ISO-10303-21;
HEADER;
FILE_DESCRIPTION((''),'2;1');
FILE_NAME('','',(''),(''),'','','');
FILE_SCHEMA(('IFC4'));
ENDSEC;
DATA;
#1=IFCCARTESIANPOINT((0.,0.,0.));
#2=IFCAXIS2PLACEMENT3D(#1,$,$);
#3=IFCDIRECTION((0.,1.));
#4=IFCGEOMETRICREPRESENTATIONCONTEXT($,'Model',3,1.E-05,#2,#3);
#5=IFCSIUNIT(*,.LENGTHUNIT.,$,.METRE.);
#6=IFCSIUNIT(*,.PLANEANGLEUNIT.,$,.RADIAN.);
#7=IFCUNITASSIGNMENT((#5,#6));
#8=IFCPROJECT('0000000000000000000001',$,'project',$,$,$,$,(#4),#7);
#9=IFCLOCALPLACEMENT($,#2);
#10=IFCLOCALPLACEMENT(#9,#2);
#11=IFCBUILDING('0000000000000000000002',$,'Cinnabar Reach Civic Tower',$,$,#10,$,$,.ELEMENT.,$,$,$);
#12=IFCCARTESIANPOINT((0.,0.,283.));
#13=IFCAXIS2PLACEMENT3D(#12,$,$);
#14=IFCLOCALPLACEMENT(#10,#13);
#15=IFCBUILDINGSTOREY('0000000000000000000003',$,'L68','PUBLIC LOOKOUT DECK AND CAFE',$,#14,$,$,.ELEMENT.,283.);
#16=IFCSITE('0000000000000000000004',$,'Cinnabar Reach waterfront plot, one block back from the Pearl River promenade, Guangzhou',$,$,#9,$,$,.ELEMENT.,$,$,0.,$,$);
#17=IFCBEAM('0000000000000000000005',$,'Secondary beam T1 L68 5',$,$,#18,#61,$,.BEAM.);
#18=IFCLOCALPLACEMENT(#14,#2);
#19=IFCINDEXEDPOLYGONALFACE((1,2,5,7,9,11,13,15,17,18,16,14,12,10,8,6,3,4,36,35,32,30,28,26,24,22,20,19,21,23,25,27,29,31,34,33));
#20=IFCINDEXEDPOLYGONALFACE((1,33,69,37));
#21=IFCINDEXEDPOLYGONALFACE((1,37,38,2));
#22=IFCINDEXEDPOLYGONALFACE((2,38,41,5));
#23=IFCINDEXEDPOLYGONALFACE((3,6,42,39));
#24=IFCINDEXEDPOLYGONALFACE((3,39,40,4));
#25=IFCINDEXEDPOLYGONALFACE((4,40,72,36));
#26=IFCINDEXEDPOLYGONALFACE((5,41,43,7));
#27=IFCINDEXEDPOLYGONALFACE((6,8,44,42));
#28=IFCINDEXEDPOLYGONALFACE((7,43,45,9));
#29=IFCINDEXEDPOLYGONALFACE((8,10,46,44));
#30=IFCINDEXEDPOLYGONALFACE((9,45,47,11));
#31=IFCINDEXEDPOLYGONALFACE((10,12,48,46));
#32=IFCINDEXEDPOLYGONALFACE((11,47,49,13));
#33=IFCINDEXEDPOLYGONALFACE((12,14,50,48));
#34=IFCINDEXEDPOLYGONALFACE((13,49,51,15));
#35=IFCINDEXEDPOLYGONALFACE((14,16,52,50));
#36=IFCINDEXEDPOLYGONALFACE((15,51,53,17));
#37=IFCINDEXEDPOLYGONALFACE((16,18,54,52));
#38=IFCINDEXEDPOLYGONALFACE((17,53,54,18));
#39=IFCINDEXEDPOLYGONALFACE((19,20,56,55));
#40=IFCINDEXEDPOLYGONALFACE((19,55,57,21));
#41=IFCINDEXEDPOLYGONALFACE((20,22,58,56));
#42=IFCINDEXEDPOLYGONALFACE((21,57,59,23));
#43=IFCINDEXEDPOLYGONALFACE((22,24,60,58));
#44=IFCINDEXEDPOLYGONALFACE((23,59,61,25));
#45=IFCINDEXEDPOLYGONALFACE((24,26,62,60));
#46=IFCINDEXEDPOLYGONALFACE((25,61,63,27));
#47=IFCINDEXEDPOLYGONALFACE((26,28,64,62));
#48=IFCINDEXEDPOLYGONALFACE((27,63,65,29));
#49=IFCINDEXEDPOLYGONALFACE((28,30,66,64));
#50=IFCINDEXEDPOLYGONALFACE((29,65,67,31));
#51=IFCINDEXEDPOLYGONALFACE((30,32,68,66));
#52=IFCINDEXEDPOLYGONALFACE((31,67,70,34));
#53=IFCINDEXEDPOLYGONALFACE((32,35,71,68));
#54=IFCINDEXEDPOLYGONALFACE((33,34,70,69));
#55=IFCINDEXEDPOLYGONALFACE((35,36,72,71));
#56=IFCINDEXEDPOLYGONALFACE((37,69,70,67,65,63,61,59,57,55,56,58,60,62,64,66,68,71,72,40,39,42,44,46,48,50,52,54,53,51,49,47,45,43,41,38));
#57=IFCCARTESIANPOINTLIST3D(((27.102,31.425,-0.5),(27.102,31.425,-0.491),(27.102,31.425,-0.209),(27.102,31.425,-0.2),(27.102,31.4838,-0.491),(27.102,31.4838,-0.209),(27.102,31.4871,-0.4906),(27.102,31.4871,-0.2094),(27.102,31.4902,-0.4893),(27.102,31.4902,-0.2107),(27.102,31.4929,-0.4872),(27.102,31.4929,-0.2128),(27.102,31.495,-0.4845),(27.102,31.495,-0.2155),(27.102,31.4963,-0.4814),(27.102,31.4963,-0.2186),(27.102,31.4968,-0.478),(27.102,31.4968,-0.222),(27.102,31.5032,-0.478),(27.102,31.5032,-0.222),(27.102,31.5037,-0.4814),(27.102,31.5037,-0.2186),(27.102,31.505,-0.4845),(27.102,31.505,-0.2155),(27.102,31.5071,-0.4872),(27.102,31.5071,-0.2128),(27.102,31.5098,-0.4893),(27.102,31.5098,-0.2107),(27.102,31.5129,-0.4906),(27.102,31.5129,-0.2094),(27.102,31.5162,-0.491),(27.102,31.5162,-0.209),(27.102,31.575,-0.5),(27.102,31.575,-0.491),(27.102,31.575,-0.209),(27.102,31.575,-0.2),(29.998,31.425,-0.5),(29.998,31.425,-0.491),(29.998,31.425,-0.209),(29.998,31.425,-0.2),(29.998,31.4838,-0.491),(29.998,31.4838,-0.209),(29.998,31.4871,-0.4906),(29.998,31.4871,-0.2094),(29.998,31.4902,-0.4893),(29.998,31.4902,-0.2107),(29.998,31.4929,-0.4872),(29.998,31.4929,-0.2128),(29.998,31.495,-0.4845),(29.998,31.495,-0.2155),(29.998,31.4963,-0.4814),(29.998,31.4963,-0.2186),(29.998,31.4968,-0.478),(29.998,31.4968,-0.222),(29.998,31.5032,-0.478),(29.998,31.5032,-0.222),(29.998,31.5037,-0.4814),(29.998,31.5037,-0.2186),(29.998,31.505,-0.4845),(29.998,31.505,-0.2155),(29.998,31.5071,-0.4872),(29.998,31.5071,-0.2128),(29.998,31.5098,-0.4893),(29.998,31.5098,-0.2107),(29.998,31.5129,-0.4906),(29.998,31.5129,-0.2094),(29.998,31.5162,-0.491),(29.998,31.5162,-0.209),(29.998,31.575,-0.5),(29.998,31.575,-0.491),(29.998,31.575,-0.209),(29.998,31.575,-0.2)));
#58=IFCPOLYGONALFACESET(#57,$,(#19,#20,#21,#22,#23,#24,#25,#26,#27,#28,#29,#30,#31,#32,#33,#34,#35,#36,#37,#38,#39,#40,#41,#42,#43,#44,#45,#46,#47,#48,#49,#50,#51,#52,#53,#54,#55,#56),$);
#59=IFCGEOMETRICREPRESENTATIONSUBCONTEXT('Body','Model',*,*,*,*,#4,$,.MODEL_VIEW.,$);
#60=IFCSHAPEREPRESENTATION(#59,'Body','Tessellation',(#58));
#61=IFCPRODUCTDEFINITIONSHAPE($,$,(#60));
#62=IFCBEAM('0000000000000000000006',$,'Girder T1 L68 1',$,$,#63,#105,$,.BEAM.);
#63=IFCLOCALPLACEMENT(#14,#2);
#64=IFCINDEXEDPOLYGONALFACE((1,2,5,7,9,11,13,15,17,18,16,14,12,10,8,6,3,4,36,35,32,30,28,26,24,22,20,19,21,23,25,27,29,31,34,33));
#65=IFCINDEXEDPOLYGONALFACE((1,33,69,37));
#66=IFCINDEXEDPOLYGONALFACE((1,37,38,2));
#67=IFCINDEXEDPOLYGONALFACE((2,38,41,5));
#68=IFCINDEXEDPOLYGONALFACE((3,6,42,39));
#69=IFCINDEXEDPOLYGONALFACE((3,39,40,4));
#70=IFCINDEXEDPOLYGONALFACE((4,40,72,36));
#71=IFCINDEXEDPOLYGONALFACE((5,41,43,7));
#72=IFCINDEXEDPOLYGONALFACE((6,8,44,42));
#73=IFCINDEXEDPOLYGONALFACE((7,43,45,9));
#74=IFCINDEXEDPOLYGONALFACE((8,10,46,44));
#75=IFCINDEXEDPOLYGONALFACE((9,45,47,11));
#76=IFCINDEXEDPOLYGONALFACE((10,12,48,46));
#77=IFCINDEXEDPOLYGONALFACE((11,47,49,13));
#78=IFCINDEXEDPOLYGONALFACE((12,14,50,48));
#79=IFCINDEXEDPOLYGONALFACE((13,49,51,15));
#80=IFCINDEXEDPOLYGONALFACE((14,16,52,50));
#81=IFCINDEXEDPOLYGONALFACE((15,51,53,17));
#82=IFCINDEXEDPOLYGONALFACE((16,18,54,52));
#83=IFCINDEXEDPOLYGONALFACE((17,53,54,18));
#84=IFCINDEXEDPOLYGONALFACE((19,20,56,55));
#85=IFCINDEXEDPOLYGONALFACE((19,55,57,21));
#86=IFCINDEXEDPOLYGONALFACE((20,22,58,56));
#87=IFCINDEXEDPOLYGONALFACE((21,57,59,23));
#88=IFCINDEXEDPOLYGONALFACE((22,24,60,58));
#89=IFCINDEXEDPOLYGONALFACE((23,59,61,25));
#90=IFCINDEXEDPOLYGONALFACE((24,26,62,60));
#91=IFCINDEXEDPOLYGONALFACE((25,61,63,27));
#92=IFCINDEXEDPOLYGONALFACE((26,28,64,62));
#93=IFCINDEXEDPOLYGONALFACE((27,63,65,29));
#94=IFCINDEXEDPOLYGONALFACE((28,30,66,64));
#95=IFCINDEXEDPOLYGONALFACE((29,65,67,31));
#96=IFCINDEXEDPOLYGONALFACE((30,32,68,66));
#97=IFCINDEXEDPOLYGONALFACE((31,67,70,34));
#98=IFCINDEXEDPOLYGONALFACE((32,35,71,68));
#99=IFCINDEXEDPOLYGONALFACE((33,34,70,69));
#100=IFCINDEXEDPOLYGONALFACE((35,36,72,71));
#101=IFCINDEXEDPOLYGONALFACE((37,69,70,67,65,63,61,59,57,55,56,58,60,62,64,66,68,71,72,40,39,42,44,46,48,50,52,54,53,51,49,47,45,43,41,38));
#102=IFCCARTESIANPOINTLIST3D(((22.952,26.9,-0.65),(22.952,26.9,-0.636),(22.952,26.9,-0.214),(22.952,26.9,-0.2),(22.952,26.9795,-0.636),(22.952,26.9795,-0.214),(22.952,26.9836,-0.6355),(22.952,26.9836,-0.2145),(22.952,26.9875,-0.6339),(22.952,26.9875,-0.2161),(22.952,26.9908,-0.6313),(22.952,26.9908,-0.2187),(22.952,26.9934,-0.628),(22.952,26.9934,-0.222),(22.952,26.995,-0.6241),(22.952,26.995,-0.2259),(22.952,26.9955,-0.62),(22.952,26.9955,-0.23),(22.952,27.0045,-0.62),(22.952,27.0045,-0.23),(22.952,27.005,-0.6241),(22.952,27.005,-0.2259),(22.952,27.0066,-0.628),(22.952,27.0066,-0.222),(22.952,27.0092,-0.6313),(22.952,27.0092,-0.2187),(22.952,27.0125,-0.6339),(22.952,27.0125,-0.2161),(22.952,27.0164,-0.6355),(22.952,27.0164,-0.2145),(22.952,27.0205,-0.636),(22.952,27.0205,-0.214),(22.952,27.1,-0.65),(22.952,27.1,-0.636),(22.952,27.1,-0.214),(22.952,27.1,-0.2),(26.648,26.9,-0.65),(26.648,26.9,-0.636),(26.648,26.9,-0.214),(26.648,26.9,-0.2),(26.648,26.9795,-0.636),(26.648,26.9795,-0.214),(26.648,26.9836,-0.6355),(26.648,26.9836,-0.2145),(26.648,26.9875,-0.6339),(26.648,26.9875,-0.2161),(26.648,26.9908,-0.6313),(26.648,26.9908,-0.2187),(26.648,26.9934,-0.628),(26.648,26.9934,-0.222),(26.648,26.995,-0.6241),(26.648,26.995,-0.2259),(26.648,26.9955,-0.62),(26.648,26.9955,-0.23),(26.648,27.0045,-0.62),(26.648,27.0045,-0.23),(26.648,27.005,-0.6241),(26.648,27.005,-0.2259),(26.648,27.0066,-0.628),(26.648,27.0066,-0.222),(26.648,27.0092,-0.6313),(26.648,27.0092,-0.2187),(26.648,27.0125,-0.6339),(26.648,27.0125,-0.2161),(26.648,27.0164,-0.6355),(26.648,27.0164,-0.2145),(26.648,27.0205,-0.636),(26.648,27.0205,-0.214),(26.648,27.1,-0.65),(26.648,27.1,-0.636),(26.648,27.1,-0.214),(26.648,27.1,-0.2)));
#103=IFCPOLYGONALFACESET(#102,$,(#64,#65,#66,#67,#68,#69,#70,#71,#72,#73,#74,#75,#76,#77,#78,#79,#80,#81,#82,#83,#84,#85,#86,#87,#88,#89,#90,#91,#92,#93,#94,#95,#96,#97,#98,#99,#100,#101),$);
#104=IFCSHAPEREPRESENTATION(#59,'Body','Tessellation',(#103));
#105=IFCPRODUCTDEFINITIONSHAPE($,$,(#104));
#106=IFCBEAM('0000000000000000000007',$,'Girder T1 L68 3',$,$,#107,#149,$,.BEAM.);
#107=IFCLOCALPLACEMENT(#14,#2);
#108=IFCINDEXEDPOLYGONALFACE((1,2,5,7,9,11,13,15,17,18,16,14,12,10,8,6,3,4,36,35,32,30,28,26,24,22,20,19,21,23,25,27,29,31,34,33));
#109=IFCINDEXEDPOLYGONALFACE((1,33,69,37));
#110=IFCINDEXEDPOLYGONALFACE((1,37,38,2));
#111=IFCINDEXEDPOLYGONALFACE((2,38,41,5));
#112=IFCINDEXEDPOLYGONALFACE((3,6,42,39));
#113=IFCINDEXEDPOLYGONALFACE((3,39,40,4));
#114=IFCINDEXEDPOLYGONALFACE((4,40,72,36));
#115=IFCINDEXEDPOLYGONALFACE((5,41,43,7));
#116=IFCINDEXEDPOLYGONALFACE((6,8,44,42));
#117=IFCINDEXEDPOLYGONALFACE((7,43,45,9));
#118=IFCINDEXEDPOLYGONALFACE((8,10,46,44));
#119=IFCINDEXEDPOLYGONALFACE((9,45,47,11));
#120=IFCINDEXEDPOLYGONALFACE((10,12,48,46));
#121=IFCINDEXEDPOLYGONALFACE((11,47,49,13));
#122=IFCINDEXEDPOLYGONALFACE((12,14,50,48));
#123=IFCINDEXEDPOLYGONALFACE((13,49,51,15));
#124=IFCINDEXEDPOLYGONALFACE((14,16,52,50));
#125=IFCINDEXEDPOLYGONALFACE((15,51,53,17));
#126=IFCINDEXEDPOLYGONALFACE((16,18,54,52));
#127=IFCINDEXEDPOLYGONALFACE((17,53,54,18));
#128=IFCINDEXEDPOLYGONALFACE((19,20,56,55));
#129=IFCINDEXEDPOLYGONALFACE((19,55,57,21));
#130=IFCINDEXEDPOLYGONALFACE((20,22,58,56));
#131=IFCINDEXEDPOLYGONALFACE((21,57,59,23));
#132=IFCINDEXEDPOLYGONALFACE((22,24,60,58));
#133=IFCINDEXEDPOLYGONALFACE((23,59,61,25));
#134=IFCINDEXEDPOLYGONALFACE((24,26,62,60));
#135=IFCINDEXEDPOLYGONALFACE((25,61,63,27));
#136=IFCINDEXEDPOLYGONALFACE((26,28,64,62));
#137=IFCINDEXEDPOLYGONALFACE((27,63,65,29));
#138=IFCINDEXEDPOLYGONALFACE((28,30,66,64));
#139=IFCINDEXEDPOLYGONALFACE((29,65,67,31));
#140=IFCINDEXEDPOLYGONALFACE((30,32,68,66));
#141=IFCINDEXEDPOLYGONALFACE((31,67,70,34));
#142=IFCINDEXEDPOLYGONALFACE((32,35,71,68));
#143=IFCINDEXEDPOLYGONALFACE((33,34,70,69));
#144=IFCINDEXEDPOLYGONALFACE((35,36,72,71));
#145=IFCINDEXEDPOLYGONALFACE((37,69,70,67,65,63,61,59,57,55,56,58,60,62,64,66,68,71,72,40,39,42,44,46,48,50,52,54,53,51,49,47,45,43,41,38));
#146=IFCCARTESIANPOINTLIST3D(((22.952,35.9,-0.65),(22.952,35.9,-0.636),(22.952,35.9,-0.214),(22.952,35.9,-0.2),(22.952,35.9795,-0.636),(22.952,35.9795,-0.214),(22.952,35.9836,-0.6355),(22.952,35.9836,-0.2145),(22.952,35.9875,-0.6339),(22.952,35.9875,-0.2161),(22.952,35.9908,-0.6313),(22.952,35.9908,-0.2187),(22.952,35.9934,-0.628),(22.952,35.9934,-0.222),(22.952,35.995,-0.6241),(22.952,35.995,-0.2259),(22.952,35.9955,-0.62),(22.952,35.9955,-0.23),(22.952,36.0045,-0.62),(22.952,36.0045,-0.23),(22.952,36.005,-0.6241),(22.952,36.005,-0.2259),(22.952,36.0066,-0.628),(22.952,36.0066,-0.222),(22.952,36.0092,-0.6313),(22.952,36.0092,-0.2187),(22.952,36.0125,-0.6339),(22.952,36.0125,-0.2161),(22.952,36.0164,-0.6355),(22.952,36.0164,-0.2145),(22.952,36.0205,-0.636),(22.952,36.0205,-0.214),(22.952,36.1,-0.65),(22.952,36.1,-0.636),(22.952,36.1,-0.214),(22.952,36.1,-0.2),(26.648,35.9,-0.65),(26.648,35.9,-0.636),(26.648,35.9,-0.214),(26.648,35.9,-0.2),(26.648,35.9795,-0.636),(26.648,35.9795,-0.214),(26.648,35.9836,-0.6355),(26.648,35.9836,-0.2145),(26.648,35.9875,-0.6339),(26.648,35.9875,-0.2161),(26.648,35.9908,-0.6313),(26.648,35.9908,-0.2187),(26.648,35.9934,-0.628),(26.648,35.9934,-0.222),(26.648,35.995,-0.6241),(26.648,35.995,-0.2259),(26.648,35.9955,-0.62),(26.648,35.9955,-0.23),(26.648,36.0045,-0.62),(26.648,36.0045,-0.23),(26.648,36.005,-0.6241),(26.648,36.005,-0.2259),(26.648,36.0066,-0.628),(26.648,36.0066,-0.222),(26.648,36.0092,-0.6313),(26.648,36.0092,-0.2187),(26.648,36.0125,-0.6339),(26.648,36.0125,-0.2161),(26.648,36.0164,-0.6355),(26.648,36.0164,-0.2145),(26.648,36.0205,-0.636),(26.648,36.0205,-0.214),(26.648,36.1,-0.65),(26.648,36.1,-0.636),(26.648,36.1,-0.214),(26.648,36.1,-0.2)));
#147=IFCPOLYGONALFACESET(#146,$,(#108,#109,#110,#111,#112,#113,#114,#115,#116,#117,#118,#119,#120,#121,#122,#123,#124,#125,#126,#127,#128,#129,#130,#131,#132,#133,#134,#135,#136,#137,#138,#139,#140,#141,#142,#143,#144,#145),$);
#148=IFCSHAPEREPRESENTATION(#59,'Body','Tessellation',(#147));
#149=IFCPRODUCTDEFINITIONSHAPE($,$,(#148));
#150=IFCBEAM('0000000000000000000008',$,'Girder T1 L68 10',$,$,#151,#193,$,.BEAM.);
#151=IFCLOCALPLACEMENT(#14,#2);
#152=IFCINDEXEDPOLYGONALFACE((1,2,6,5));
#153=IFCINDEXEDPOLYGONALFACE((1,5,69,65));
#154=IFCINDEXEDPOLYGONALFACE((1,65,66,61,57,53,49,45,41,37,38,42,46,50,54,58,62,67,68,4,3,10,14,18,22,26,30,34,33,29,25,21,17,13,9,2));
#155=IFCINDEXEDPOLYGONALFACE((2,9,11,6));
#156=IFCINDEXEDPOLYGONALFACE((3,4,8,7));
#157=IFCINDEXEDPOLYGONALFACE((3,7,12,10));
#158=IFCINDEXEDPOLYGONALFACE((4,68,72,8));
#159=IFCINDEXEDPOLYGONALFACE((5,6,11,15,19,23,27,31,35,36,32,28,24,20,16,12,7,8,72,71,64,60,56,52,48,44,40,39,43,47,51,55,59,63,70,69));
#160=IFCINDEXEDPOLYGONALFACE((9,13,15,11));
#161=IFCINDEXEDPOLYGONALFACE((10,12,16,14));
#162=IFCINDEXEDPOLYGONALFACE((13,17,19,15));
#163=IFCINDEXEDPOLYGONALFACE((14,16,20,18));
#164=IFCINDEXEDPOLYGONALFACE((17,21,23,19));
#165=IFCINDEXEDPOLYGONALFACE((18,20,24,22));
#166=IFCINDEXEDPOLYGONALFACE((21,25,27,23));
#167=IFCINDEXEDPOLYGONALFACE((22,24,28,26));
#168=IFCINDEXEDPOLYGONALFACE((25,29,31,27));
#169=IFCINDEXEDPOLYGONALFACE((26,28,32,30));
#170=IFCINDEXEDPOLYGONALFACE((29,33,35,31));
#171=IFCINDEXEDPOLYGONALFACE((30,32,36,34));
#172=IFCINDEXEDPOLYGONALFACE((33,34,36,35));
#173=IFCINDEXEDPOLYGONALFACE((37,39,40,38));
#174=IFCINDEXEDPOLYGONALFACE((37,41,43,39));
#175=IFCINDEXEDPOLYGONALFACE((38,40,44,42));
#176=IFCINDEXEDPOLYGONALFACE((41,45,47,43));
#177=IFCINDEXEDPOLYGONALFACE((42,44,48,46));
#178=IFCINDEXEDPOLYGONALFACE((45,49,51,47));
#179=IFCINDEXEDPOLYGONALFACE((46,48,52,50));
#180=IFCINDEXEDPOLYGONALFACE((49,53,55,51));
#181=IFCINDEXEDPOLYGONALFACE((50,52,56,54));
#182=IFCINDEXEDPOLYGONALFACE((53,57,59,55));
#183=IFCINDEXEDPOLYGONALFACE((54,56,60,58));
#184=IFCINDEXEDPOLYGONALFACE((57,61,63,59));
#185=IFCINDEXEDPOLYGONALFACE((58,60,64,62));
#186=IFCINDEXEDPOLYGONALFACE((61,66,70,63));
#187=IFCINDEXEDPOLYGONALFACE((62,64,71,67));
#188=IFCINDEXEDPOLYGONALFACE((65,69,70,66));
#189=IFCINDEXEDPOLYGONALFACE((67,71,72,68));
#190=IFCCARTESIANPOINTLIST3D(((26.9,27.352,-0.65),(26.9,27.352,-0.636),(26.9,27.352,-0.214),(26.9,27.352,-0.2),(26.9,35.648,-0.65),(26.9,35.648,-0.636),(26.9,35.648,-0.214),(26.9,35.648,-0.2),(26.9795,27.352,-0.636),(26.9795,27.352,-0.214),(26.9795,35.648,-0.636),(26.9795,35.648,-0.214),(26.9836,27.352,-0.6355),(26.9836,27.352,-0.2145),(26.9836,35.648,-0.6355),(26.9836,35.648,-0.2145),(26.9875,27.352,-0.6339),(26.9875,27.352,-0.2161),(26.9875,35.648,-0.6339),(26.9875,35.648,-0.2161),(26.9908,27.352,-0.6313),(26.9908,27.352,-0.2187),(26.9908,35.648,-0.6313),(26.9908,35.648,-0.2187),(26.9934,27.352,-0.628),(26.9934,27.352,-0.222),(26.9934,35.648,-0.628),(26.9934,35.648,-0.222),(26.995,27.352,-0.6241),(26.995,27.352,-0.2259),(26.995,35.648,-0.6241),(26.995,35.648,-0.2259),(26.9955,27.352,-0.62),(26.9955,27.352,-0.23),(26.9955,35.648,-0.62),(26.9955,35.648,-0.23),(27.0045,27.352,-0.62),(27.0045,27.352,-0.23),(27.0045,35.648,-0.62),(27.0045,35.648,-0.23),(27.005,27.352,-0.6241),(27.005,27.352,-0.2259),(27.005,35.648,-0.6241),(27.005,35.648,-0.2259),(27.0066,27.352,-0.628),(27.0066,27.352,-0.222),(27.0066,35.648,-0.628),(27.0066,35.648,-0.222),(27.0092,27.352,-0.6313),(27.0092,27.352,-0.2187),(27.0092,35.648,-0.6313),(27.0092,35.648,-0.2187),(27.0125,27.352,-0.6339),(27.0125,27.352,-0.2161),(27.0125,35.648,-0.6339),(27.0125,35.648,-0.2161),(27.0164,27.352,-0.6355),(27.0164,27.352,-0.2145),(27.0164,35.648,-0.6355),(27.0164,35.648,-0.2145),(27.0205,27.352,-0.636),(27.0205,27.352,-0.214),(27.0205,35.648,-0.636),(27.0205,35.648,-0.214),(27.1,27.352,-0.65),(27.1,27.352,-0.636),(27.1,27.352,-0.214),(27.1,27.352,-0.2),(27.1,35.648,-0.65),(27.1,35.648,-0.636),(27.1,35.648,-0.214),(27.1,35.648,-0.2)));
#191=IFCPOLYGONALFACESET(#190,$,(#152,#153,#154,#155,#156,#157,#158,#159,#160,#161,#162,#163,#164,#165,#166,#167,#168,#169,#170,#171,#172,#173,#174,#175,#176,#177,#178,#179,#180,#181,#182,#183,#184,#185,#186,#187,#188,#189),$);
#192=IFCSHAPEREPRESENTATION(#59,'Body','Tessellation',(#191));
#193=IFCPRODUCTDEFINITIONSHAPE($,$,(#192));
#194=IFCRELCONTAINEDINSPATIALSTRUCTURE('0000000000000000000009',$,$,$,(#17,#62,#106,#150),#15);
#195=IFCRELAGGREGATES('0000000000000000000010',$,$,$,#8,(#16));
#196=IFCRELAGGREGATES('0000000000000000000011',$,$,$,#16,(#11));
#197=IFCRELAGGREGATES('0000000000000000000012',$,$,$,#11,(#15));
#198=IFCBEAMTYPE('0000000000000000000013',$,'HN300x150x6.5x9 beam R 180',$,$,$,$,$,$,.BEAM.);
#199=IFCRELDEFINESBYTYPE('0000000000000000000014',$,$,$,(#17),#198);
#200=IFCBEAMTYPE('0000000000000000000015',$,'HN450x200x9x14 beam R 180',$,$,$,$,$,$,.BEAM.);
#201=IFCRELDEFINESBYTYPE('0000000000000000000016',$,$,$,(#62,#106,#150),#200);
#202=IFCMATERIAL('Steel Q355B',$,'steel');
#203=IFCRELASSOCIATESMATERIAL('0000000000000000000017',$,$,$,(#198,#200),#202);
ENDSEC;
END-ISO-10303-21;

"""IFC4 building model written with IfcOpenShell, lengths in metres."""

from ifc_helpers import new_model, si_unit, direction, frame, origin, origin_2d, place, context, subcontext, project, spatial, i_section, extrude, material, material_profile, profile_set, type_object, element, save


model = new_model("IFC4")

# Units and contexts
model_context = context("Model", 3, precision=1e-05, world=origin(), true_north=direction((0.0, 1.0)))
body_context = subcontext(model_context, "Body", "Model", "MODEL_VIEW")
ifc_project = project(units=[si_unit("LENGTHUNIT", "METRE"), si_unit("PLANEANGLEUNIT", "RADIAN")], contexts=[model_context])

# Site, building, storey
site_placement = place(None, origin())
site = spatial("IfcSite", under=ifc_project, at=site_placement, Name="Cinnabar Reach waterfront plot, one block back from the Pearl River promenade, Guangzhou", CompositionType="ELEMENT", RefElevation=0.0)
building_placement = place(site_placement, origin())
building = spatial("IfcBuilding", under=site, at=building_placement, Name="Cinnabar Reach Civic Tower", CompositionType="ELEMENT")
storey_placement = place(building_placement, frame((0.0, 0.0, 283.0)))
storey = spatial("IfcBuildingStorey", under=building, at=storey_placement, Name="L68", Description="PUBLIC LOOKOUT DECK AND CAFE", CompositionType="ELEMENT", Elevation=283.0)

# Beams
ifc_material_1 = material(Name="Steel Q355B", Category="steel")
ifc_material_profile_1 = material_profile(ifc_material_1, i_section(OverallWidth=0.15, OverallDepth=0.3, WebThickness=0.0065, FlangeThickness=0.009, FilletRadius=0.013, at=origin_2d()), Name="HN300x150x6.5x9")
ifc_profile_set_1 = profile_set([ifc_material_profile_1], Name="Steel Q355B")
beam_type_1 = type_object("IfcBeamType", Name="HN300x150x6.5x9 beam R 180", PredefinedType="BEAM", material=ifc_profile_set_1)
beam_1_placement = place(storey_placement, frame((27.102, 31.5, -0.35), z_axis=(1.0, 0.0, 0.0), x_axis=(0.0, 1.0, 0.0)))
element("IfcBeam", 1, at=beam_1_placement, inside=storey, type_object=beam_type_1, Name="Secondary beam T1 L68 5", PredefinedType="BEAM", context=body_context, shape_type="SweptSolid", body=[
    extrude(i_section(OverallWidth=0.15, OverallDepth=0.3, WebThickness=0.0065, FlangeThickness=0.009, FilletRadius=0.013, at=origin_2d()), origin(), (0.0, 0.0, 1.0), 2.896),
])
ifc_material_profile_2 = material_profile(ifc_material_1, i_section(OverallWidth=0.2, OverallDepth=0.45, WebThickness=0.009, FlangeThickness=0.014, FilletRadius=0.016, at=origin_2d()), Name="HN450x200x9x14")
ifc_profile_set_2 = profile_set([ifc_material_profile_2], Name="Steel Q355B")
beam_type_2 = type_object("IfcBeamType", Name="HN450x200x9x14 beam R 180", PredefinedType="BEAM", material=ifc_profile_set_2)
for number, where, z_axis, x_axis, name in (
    (2, (22.952, 27.0, -0.425), (1.0, 0.0, 0.0), (0.0, 1.0, 0.0), "Girder T1 L68 1"),
    (3, (22.952, 36.0, -0.425), (1.0, 0.0, 0.0), (0.0, 1.0, 0.0), "Girder T1 L68 3"),
):
    element("IfcBeam", number, at=place(storey_placement, frame(where, z_axis=z_axis, x_axis=x_axis)), inside=storey, type_object=beam_type_2, Name=name, PredefinedType="BEAM", context=body_context, shape_type="SweptSolid", body=[
        extrude(i_section(OverallWidth=0.2, OverallDepth=0.45, WebThickness=0.009, FlangeThickness=0.014, FilletRadius=0.016, at=origin_2d()), origin(), (0.0, 0.0, 1.0), 3.696),
    ])
beam_2_placement = place(storey_placement, frame((27.0, 27.352, -0.425), z_axis=(0.0, 1.0, 0.0), x_axis=(-1.0, 0.0, 0.0)))
element("IfcBeam", 4, at=beam_2_placement, inside=storey, type_object=beam_type_2, Name="Girder T1 L68 10", PredefinedType="BEAM", context=body_context, shape_type="SweptSolid", body=[
    extrude(i_section(OverallWidth=0.2, OverallDepth=0.45, WebThickness=0.009, FlangeThickness=0.014, FilletRadius=0.016, at=origin_2d()), origin(), (0.0, 0.0, 1.0), 8.296),
])

save(model, "model.ifc")
